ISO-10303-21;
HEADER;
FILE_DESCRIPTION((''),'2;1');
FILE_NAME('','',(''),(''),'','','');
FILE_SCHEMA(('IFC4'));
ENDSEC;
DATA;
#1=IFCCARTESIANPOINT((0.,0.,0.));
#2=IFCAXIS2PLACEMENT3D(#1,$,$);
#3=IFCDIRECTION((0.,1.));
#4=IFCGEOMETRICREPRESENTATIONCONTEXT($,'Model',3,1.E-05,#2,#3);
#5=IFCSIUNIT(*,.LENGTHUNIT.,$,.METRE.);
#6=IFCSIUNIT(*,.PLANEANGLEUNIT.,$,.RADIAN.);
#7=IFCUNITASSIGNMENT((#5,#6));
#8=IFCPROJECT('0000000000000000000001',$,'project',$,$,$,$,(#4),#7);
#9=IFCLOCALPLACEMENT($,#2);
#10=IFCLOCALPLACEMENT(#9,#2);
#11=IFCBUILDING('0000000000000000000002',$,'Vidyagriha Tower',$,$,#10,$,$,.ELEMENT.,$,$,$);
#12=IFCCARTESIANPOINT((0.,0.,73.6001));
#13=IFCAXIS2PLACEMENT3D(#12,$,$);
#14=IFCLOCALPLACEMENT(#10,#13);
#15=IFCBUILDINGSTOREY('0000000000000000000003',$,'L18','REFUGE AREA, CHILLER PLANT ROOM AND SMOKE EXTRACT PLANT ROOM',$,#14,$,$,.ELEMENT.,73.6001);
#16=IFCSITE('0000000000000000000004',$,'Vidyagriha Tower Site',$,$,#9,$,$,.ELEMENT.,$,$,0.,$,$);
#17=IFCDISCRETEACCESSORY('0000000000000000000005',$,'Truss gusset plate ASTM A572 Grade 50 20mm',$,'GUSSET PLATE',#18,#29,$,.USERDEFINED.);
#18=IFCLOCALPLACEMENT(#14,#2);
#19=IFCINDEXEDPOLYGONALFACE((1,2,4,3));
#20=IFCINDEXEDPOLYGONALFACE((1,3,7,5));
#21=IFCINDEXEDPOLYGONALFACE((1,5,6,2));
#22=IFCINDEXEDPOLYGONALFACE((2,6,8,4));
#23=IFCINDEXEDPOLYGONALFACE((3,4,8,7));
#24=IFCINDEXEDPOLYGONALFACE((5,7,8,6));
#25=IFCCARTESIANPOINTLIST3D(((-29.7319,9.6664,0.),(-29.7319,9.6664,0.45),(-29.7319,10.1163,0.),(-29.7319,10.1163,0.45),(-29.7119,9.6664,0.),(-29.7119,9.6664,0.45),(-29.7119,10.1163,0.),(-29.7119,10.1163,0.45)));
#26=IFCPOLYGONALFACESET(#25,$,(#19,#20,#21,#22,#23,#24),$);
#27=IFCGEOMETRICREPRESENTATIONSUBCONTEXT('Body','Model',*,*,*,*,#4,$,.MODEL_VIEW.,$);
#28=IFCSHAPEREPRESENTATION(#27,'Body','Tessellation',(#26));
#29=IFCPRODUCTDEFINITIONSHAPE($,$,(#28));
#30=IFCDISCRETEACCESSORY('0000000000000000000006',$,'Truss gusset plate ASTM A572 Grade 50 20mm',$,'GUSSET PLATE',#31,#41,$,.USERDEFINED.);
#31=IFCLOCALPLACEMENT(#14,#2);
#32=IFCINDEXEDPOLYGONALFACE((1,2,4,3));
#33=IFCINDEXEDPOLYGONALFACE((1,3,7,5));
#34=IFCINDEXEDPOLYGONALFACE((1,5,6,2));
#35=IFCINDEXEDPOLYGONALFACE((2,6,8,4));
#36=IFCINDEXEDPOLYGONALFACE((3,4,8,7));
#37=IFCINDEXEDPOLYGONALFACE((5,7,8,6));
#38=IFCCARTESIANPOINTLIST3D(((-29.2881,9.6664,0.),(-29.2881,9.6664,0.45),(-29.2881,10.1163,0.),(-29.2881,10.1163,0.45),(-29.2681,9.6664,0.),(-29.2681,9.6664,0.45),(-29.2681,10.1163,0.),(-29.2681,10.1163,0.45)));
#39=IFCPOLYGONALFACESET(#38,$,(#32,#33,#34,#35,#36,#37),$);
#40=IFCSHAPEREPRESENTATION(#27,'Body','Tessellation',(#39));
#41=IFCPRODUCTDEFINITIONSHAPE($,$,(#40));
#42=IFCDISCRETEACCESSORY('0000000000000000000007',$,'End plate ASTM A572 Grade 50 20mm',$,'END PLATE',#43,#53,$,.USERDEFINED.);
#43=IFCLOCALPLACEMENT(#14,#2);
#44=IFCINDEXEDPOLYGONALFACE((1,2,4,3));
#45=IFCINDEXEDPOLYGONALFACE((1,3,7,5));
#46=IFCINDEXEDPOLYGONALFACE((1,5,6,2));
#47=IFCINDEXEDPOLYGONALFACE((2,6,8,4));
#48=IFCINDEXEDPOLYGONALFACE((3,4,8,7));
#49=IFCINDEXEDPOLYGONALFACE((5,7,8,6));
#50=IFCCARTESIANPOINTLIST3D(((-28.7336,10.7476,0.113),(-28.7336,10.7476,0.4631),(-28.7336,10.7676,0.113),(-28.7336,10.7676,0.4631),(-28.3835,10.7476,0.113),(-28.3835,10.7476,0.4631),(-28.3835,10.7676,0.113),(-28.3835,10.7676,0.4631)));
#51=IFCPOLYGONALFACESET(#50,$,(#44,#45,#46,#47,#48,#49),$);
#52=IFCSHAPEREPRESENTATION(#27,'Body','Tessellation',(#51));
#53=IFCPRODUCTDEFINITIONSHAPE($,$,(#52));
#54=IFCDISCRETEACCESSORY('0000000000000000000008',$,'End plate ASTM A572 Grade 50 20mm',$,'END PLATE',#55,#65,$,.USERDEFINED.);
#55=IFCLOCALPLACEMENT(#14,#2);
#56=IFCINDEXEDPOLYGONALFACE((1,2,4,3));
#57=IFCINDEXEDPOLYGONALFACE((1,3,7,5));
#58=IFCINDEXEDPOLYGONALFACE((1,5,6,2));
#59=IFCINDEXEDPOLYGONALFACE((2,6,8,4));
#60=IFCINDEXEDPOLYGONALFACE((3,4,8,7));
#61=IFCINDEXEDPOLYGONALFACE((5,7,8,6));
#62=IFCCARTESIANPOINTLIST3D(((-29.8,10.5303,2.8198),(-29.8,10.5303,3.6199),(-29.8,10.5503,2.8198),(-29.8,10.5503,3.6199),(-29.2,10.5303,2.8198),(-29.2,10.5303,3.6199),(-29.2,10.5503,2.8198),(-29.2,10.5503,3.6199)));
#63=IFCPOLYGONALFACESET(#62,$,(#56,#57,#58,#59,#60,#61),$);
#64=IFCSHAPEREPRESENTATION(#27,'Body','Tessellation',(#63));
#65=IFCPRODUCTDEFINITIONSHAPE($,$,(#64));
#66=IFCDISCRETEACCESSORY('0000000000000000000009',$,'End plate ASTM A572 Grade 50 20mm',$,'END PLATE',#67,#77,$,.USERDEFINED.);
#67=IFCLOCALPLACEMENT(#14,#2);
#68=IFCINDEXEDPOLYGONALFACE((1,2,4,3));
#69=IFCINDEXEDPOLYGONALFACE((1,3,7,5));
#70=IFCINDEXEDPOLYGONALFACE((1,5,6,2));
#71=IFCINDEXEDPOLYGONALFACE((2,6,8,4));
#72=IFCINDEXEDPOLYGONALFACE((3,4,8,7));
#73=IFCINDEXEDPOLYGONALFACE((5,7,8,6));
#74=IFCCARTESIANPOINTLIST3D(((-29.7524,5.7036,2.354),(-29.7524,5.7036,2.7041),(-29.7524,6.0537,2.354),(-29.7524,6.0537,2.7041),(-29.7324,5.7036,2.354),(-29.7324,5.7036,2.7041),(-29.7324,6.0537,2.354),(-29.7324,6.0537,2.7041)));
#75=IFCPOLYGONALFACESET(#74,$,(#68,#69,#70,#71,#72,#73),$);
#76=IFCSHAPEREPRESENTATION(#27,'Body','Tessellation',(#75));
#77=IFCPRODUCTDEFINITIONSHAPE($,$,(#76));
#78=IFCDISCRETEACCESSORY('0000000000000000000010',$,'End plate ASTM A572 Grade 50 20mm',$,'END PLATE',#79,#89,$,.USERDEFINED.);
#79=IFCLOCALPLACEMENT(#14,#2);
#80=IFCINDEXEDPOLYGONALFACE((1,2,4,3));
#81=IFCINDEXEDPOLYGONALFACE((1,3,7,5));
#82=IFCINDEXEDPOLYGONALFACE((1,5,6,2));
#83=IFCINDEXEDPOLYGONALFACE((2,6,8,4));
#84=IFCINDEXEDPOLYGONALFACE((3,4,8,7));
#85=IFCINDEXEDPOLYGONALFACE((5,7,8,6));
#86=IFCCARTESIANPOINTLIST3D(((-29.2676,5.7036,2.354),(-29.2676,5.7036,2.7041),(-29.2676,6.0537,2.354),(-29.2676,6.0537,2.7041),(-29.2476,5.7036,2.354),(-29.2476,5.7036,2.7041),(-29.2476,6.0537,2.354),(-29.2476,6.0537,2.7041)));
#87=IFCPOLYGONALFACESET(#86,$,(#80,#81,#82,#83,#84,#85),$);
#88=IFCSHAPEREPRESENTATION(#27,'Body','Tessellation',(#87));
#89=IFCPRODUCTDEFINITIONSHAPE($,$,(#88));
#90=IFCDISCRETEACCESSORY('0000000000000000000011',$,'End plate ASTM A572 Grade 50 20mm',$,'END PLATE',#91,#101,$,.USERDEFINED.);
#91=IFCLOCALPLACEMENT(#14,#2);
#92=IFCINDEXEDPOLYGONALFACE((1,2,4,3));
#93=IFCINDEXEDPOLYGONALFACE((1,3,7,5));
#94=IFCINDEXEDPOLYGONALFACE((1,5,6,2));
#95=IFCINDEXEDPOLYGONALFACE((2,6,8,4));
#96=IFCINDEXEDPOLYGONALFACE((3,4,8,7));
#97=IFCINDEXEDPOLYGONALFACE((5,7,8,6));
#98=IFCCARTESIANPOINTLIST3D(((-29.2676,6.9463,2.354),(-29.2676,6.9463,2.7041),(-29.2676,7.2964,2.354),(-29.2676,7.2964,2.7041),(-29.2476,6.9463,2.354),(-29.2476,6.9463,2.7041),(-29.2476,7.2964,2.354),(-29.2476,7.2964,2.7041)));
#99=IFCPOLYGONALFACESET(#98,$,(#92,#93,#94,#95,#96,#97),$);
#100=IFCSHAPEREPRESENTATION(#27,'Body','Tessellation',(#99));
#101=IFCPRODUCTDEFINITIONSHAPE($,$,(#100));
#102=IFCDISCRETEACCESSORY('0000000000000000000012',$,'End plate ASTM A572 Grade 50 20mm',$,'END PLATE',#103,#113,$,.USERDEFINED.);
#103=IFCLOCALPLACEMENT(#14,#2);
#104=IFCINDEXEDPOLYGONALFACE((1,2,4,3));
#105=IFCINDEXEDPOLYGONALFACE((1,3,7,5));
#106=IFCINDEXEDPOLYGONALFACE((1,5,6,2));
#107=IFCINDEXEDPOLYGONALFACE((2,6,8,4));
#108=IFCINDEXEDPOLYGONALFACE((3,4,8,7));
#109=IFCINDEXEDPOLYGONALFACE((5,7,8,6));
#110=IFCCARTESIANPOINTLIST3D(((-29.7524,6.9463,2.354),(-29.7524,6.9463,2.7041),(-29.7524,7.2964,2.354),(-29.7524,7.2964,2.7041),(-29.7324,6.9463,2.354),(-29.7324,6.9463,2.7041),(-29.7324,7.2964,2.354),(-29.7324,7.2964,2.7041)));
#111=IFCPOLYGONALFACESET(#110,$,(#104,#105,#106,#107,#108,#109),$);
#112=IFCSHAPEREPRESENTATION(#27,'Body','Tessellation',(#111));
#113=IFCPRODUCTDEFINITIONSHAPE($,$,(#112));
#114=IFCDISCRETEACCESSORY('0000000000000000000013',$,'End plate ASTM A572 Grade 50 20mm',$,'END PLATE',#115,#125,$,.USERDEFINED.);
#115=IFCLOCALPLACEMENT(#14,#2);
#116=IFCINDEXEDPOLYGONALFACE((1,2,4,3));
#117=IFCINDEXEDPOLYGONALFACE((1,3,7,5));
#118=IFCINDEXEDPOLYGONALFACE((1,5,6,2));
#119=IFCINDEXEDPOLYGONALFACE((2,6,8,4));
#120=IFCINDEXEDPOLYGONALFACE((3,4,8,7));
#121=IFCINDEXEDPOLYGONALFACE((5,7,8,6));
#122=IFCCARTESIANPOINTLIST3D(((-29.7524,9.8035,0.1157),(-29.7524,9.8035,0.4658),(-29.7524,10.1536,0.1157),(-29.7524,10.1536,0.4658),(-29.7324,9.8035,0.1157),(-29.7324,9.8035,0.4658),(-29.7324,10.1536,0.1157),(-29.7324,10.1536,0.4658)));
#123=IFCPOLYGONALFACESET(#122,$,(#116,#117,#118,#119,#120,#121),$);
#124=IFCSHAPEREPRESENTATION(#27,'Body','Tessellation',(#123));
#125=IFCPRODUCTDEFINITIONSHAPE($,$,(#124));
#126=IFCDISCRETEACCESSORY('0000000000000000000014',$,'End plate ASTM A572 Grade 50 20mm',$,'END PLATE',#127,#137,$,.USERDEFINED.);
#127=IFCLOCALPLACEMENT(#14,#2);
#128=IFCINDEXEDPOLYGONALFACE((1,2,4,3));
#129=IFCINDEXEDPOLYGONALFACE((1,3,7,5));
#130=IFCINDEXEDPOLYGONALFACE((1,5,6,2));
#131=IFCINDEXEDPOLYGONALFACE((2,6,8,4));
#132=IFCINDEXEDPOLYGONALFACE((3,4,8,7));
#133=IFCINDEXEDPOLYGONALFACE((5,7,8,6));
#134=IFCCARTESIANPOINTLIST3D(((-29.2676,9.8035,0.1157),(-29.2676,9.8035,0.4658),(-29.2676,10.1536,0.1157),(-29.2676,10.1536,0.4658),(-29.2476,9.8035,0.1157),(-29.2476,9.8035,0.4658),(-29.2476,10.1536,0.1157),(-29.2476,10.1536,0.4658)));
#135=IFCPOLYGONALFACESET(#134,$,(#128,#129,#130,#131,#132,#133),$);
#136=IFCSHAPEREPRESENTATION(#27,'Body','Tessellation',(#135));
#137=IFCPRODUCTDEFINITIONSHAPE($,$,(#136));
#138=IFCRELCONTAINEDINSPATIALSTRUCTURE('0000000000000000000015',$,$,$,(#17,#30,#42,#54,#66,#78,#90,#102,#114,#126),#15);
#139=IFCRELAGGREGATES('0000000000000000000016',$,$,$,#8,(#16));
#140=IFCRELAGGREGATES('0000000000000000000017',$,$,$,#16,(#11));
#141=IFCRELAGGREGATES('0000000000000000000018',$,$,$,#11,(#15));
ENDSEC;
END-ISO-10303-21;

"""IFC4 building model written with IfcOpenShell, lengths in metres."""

from ifc_helpers import new_model, si_unit, direction, frame, origin, origin_2d, place, context, subcontext, project, spatial, rectangle, extrude, element, save


model = new_model("IFC4")

# Units and contexts
model_context = context("Model", 3, precision=1e-05, world=origin(), true_north=direction((0.0, 1.0)))
body_context = subcontext(model_context, "Body", "Model", "MODEL_VIEW")
ifc_project = project(units=[si_unit("LENGTHUNIT", "METRE"), si_unit("PLANEANGLEUNIT", "RADIAN")], contexts=[model_context])

# Site, building, storey
site_placement = place(None, origin())
site = spatial("IfcSite", under=ifc_project, at=site_placement, Name="Vidyagriha Tower Site", CompositionType="ELEMENT", RefElevation=0.0)
building_placement = place(site_placement, origin())
building = spatial("IfcBuilding", under=site, at=building_placement, Name="Vidyagriha Tower", CompositionType="ELEMENT")
storey_placement = place(building_placement, frame((0.0, 0.0, 73.6001)))
storey = spatial("IfcBuildingStorey", under=building, at=storey_placement, Name="L18", Description="REFUGE AREA, CHILLER PLANT ROOM AND SMOKE EXTRACT PLANT ROOM", CompositionType="ELEMENT", Elevation=73.6001)

# Discrete accessories
for number, where, z_axis, x_axis, name in (
    (1, (-29.7219, 9.8914, 0.0), (0.0, 0.0, 1.0), (0.0, 1.0, 0.0), "Truss gusset plate ASTM A572 Grade 50 20mm"),
    (2, (-29.2781, 9.8914, 0.0), (0.0, 0.0, 1.0), (0.0, 1.0, 0.0), "Truss gusset plate ASTM A572 Grade 50 20mm"),
):
    element("IfcDiscreteAccessory", number, at=place(storey_placement, frame(where, z_axis=z_axis, x_axis=x_axis)), inside=storey, Name=name, ObjectType="GUSSET PLATE", PredefinedType="USERDEFINED", context=body_context, shape_type="SweptSolid", body=[
        extrude(rectangle(XDim=0.45, YDim=0.02, at=origin_2d()), origin(), (0.0, 0.0, 1.0), 0.45),
    ])
discrete_accessory_1_placement = place(storey_placement, frame((-28.5586, 10.7576, 0.113), z_axis=(0.0, 0.0, 1.0), x_axis=(-1.0, 0.0, 0.0)))
element("IfcDiscreteAccessory", 3, at=discrete_accessory_1_placement, inside=storey, Name="End plate ASTM A572 Grade 50 20mm", ObjectType="END PLATE", PredefinedType="USERDEFINED", context=body_context, shape_type="SweptSolid", body=[
    extrude(rectangle(XDim=0.3501, YDim=0.02, at=origin_2d()), origin(), (0.0, 0.0, 1.0), 0.3501),
])
discrete_accessory_2_placement = place(storey_placement, frame((-29.5, 10.5403, 2.8198), z_axis=(0.0, 0.0, 1.0), x_axis=(0.0, 1.0, 0.0)))
element("IfcDiscreteAccessory", 4, at=discrete_accessory_2_placement, inside=storey, Name="End plate ASTM A572 Grade 50 20mm", ObjectType="END PLATE", PredefinedType="USERDEFINED", context=body_context, shape_type="SweptSolid", body=[
    extrude(rectangle(XDim=0.02, YDim=0.6001, at=origin_2d()), origin(), (0.0, 0.0, 1.0), 0.8),
])
for number, where, z_axis, x_axis, name in (
    (5, (-29.7424, 5.8787, 2.354), (0.0, 0.0, 1.0), (0.0, 1.0, 0.0), "End plate ASTM A572 Grade 50 20mm"),
    (6, (-29.2576, 5.8787, 2.354), (0.0, 0.0, 1.0), (0.0, 1.0, 0.0), "End plate ASTM A572 Grade 50 20mm"),
    (7, (-29.2576, 7.1213, 2.354), (0.0, 0.0, 1.0), (0.0, -1.0, 0.0), "End plate ASTM A572 Grade 50 20mm"),
    (8, (-29.7424, 7.1213, 2.354), (0.0, 0.0, 1.0), (0.0, -1.0, 0.0), "End plate ASTM A572 Grade 50 20mm"),
    (9, (-29.7424, 9.9785, 0.1157), (0.0, 0.0, 1.0), (0.0, 1.0, 0.0), "End plate ASTM A572 Grade 50 20mm"),
    (10, (-29.2576, 9.9785, 0.1157), (0.0, 0.0, 1.0), (0.0, 1.0, 0.0), "End plate ASTM A572 Grade 50 20mm"),
):
    element("IfcDiscreteAccessory", number, at=place(storey_placement, frame(where, z_axis=z_axis, x_axis=x_axis)), inside=storey, Name=name, ObjectType="END PLATE", PredefinedType="USERDEFINED", context=body_context, shape_type="SweptSolid", body=[
        extrude(rectangle(XDim=0.3501, YDim=0.02, at=origin_2d()), origin(), (0.0, 0.0, 1.0), 0.3501),
    ])

save(model, "model.ifc")
